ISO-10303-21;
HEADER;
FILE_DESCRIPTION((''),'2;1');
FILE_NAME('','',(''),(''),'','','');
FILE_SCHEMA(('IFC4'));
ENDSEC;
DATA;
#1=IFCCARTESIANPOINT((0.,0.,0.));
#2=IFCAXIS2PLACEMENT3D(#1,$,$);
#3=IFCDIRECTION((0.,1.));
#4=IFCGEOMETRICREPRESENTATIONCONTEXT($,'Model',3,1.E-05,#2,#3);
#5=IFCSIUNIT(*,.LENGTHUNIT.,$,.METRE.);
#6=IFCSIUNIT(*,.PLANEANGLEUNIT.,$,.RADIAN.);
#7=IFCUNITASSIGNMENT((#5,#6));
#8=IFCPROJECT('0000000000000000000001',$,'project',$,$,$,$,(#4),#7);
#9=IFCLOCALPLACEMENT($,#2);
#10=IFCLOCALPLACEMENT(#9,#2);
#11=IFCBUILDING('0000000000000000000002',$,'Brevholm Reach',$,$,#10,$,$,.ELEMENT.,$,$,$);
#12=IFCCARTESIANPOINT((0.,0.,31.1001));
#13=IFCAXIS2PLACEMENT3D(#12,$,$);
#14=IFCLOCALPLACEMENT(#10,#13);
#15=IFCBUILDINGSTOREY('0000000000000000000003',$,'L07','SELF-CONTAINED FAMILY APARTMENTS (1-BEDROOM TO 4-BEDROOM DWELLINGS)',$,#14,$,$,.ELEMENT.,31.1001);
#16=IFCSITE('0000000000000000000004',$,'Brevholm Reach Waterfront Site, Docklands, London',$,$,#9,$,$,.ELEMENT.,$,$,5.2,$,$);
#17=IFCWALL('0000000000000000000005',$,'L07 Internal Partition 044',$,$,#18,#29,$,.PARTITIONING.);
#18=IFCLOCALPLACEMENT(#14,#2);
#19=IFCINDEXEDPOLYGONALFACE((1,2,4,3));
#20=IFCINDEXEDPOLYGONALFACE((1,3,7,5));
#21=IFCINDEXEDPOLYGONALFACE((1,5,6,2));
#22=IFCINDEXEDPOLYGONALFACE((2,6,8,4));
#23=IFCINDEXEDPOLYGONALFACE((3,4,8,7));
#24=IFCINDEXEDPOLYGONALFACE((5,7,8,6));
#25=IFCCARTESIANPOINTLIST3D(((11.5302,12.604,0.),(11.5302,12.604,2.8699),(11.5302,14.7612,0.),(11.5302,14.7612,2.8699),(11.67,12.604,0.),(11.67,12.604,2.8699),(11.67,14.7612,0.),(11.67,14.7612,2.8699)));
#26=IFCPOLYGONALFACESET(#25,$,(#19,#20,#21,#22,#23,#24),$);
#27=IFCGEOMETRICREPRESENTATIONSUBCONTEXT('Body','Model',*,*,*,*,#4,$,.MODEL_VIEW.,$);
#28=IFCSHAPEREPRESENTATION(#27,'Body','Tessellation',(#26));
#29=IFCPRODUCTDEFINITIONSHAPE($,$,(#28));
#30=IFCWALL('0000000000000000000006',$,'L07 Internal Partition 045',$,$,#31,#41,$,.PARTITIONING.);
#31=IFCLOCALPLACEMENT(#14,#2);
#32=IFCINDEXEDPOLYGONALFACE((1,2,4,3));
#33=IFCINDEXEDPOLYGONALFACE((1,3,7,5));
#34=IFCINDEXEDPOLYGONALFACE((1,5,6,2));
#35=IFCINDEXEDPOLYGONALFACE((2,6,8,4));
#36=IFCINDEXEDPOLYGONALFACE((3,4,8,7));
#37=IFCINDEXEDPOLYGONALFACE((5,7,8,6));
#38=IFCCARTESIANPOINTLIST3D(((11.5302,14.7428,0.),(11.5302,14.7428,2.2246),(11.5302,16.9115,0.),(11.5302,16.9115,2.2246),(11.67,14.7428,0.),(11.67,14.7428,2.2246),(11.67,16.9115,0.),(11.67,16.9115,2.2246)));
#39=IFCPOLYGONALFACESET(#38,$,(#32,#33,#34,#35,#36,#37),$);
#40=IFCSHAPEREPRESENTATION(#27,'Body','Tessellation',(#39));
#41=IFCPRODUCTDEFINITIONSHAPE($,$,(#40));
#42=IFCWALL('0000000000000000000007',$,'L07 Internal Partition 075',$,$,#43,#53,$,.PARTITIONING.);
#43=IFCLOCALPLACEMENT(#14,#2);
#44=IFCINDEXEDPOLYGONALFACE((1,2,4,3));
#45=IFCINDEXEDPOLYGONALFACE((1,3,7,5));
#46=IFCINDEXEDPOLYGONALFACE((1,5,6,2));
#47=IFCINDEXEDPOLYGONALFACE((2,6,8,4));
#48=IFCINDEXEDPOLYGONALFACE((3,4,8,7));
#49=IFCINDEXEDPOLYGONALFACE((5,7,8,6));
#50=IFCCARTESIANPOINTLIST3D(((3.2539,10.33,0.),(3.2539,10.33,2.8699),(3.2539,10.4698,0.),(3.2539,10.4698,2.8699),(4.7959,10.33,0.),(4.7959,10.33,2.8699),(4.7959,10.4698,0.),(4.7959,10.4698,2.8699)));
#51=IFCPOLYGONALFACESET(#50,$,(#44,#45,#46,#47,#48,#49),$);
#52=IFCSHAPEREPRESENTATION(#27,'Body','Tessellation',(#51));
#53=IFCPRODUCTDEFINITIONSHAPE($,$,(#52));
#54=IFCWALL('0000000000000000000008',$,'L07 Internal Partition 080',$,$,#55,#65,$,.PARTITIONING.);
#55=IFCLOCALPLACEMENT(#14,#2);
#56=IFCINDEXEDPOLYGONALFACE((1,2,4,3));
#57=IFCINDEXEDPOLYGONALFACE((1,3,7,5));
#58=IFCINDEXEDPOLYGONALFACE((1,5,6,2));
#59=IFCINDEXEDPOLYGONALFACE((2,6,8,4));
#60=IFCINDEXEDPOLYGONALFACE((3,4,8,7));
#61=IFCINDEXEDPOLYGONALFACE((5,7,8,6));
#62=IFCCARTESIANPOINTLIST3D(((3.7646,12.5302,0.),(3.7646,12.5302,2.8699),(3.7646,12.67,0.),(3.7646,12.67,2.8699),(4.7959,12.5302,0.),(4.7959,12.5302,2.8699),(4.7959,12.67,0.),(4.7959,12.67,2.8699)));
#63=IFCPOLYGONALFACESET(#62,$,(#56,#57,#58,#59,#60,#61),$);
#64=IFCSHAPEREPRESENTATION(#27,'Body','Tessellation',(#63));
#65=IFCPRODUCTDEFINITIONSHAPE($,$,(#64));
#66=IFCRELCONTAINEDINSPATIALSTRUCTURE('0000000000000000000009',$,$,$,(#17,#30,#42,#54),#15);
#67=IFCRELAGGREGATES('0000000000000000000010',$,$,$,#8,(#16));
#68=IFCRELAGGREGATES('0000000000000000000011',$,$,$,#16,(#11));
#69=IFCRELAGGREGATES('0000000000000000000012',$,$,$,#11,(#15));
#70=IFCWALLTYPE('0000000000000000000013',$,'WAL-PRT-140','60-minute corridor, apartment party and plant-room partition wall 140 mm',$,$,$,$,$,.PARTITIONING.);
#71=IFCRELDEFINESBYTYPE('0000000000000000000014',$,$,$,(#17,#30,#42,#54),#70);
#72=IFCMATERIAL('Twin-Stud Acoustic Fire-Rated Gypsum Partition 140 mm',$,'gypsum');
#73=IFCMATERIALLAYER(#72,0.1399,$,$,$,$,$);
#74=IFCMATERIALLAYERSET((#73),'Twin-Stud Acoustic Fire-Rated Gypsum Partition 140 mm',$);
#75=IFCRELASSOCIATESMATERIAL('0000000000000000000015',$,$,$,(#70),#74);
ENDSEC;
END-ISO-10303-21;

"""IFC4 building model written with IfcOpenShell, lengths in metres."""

from ifc_helpers import new_model, si_unit, direction, frame, frame_2d, origin, place, context, subcontext, project, spatial, rectangle, extrude, material, layer, layer_set, type_object, element, save


model = new_model("IFC4")

# Units and contexts
model_context = context("Model", 3, precision=1e-05, world=origin(), true_north=direction((0.0, 1.0)))
body_context = subcontext(model_context, "Body", "Model", "MODEL_VIEW")
ifc_project = project(units=[si_unit("LENGTHUNIT", "METRE"), si_unit("PLANEANGLEUNIT", "RADIAN")], contexts=[model_context])

# Site, building, storey
site_placement = place(None, origin())
site = spatial("IfcSite", under=ifc_project, at=site_placement, Name="Brevholm Reach Waterfront Site, Docklands, London", CompositionType="ELEMENT", RefElevation=5.2)
building_placement = place(site_placement, origin())
building = spatial("IfcBuilding", under=site, at=building_placement, Name="Brevholm Reach", CompositionType="ELEMENT")
storey_placement = place(building_placement, frame((0.0, 0.0, 31.1001)))
storey = spatial("IfcBuildingStorey", under=building, at=storey_placement, Name="L07", Description="SELF-CONTAINED FAMILY APARTMENTS (1-BEDROOM TO 4-BEDROOM DWELLINGS)", CompositionType="ELEMENT", Elevation=31.1001)

# Shared definitions
ifc_material_1 = material(Name="Twin-Stud Acoustic Fire-Rated Gypsum Partition 140 mm", Category="gypsum")
ifc_layer_1 = layer(ifc_material_1, 0.1399)
ifc_layer_set_1 = layer_set([ifc_layer_1], Name="Twin-Stud Acoustic Fire-Rated Gypsum Partition 140 mm")
wall_type_1 = type_object("IfcWallType", Name="WAL-PRT-140", Description="60-minute corridor, apartment party and plant-room partition wall 140 mm", PredefinedType="PARTITIONING", material=ifc_layer_set_1)

# Walls
wall_1_placement = place(storey_placement, frame((11.6001, 12.604, 0.0), z_axis=(0.0, 0.0, 1.0), x_axis=(0.0, 1.0, 0.0)))
element("IfcWall", 1, at=wall_1_placement, inside=storey, type_object=wall_type_1, Name="L07 Internal Partition 044", PredefinedType="PARTITIONING", context=body_context, shape_type="SweptSolid", body=[
    extrude(rectangle(XDim=2.1572, YDim=0.1399, at=frame_2d((1.0786, 0.0))), origin(), (0.0, 0.0, 1.0), 2.8699),
])
wall_2_placement = place(storey_placement, frame((11.6001, 14.7427, 0.0), z_axis=(0.0, 0.0, 1.0), x_axis=(0.0, 1.0, 0.0)))
element("IfcWall", 2, at=wall_2_placement, inside=storey, type_object=wall_type_1, Name="L07 Internal Partition 045", PredefinedType="PARTITIONING", context=body_context, shape_type="SweptSolid", body=[
    extrude(rectangle(XDim=2.1687, YDim=0.1399, at=frame_2d((1.0845, 0.0))), origin(), (0.0, 0.0, 1.0), 2.2246),
])
wall_3_placement = place(storey_placement, frame((3.2539, 10.3999, 0.0), z_axis=(0.0, 0.0, 1.0), x_axis=(1.0, 0.0, 0.0)))
element("IfcWall", 3, at=wall_3_placement, inside=storey, type_object=wall_type_1, Name="L07 Internal Partition 075", PredefinedType="PARTITIONING", context=body_context, shape_type="SweptSolid", body=[
    extrude(rectangle(XDim=1.542, YDim=0.1399, at=frame_2d((0.771, 0.0))), origin(), (0.0, 0.0, 1.0), 2.8699),
])
wall_4_placement = place(storey_placement, frame((3.7646, 12.6001, 0.0), z_axis=(0.0, 0.0, 1.0), x_axis=(1.0, 0.0, 0.0)))
element("IfcWall", 4, at=wall_4_placement, inside=storey, type_object=wall_type_1, Name="L07 Internal Partition 080", PredefinedType="PARTITIONING", context=body_context, shape_type="SweptSolid", body=[
    extrude(rectangle(XDim=1.0312, YDim=0.1399, at=frame_2d((0.5156, 0.0))), origin(), (0.0, 0.0, 1.0), 2.8699),
])

save(model, "model.ifc")
